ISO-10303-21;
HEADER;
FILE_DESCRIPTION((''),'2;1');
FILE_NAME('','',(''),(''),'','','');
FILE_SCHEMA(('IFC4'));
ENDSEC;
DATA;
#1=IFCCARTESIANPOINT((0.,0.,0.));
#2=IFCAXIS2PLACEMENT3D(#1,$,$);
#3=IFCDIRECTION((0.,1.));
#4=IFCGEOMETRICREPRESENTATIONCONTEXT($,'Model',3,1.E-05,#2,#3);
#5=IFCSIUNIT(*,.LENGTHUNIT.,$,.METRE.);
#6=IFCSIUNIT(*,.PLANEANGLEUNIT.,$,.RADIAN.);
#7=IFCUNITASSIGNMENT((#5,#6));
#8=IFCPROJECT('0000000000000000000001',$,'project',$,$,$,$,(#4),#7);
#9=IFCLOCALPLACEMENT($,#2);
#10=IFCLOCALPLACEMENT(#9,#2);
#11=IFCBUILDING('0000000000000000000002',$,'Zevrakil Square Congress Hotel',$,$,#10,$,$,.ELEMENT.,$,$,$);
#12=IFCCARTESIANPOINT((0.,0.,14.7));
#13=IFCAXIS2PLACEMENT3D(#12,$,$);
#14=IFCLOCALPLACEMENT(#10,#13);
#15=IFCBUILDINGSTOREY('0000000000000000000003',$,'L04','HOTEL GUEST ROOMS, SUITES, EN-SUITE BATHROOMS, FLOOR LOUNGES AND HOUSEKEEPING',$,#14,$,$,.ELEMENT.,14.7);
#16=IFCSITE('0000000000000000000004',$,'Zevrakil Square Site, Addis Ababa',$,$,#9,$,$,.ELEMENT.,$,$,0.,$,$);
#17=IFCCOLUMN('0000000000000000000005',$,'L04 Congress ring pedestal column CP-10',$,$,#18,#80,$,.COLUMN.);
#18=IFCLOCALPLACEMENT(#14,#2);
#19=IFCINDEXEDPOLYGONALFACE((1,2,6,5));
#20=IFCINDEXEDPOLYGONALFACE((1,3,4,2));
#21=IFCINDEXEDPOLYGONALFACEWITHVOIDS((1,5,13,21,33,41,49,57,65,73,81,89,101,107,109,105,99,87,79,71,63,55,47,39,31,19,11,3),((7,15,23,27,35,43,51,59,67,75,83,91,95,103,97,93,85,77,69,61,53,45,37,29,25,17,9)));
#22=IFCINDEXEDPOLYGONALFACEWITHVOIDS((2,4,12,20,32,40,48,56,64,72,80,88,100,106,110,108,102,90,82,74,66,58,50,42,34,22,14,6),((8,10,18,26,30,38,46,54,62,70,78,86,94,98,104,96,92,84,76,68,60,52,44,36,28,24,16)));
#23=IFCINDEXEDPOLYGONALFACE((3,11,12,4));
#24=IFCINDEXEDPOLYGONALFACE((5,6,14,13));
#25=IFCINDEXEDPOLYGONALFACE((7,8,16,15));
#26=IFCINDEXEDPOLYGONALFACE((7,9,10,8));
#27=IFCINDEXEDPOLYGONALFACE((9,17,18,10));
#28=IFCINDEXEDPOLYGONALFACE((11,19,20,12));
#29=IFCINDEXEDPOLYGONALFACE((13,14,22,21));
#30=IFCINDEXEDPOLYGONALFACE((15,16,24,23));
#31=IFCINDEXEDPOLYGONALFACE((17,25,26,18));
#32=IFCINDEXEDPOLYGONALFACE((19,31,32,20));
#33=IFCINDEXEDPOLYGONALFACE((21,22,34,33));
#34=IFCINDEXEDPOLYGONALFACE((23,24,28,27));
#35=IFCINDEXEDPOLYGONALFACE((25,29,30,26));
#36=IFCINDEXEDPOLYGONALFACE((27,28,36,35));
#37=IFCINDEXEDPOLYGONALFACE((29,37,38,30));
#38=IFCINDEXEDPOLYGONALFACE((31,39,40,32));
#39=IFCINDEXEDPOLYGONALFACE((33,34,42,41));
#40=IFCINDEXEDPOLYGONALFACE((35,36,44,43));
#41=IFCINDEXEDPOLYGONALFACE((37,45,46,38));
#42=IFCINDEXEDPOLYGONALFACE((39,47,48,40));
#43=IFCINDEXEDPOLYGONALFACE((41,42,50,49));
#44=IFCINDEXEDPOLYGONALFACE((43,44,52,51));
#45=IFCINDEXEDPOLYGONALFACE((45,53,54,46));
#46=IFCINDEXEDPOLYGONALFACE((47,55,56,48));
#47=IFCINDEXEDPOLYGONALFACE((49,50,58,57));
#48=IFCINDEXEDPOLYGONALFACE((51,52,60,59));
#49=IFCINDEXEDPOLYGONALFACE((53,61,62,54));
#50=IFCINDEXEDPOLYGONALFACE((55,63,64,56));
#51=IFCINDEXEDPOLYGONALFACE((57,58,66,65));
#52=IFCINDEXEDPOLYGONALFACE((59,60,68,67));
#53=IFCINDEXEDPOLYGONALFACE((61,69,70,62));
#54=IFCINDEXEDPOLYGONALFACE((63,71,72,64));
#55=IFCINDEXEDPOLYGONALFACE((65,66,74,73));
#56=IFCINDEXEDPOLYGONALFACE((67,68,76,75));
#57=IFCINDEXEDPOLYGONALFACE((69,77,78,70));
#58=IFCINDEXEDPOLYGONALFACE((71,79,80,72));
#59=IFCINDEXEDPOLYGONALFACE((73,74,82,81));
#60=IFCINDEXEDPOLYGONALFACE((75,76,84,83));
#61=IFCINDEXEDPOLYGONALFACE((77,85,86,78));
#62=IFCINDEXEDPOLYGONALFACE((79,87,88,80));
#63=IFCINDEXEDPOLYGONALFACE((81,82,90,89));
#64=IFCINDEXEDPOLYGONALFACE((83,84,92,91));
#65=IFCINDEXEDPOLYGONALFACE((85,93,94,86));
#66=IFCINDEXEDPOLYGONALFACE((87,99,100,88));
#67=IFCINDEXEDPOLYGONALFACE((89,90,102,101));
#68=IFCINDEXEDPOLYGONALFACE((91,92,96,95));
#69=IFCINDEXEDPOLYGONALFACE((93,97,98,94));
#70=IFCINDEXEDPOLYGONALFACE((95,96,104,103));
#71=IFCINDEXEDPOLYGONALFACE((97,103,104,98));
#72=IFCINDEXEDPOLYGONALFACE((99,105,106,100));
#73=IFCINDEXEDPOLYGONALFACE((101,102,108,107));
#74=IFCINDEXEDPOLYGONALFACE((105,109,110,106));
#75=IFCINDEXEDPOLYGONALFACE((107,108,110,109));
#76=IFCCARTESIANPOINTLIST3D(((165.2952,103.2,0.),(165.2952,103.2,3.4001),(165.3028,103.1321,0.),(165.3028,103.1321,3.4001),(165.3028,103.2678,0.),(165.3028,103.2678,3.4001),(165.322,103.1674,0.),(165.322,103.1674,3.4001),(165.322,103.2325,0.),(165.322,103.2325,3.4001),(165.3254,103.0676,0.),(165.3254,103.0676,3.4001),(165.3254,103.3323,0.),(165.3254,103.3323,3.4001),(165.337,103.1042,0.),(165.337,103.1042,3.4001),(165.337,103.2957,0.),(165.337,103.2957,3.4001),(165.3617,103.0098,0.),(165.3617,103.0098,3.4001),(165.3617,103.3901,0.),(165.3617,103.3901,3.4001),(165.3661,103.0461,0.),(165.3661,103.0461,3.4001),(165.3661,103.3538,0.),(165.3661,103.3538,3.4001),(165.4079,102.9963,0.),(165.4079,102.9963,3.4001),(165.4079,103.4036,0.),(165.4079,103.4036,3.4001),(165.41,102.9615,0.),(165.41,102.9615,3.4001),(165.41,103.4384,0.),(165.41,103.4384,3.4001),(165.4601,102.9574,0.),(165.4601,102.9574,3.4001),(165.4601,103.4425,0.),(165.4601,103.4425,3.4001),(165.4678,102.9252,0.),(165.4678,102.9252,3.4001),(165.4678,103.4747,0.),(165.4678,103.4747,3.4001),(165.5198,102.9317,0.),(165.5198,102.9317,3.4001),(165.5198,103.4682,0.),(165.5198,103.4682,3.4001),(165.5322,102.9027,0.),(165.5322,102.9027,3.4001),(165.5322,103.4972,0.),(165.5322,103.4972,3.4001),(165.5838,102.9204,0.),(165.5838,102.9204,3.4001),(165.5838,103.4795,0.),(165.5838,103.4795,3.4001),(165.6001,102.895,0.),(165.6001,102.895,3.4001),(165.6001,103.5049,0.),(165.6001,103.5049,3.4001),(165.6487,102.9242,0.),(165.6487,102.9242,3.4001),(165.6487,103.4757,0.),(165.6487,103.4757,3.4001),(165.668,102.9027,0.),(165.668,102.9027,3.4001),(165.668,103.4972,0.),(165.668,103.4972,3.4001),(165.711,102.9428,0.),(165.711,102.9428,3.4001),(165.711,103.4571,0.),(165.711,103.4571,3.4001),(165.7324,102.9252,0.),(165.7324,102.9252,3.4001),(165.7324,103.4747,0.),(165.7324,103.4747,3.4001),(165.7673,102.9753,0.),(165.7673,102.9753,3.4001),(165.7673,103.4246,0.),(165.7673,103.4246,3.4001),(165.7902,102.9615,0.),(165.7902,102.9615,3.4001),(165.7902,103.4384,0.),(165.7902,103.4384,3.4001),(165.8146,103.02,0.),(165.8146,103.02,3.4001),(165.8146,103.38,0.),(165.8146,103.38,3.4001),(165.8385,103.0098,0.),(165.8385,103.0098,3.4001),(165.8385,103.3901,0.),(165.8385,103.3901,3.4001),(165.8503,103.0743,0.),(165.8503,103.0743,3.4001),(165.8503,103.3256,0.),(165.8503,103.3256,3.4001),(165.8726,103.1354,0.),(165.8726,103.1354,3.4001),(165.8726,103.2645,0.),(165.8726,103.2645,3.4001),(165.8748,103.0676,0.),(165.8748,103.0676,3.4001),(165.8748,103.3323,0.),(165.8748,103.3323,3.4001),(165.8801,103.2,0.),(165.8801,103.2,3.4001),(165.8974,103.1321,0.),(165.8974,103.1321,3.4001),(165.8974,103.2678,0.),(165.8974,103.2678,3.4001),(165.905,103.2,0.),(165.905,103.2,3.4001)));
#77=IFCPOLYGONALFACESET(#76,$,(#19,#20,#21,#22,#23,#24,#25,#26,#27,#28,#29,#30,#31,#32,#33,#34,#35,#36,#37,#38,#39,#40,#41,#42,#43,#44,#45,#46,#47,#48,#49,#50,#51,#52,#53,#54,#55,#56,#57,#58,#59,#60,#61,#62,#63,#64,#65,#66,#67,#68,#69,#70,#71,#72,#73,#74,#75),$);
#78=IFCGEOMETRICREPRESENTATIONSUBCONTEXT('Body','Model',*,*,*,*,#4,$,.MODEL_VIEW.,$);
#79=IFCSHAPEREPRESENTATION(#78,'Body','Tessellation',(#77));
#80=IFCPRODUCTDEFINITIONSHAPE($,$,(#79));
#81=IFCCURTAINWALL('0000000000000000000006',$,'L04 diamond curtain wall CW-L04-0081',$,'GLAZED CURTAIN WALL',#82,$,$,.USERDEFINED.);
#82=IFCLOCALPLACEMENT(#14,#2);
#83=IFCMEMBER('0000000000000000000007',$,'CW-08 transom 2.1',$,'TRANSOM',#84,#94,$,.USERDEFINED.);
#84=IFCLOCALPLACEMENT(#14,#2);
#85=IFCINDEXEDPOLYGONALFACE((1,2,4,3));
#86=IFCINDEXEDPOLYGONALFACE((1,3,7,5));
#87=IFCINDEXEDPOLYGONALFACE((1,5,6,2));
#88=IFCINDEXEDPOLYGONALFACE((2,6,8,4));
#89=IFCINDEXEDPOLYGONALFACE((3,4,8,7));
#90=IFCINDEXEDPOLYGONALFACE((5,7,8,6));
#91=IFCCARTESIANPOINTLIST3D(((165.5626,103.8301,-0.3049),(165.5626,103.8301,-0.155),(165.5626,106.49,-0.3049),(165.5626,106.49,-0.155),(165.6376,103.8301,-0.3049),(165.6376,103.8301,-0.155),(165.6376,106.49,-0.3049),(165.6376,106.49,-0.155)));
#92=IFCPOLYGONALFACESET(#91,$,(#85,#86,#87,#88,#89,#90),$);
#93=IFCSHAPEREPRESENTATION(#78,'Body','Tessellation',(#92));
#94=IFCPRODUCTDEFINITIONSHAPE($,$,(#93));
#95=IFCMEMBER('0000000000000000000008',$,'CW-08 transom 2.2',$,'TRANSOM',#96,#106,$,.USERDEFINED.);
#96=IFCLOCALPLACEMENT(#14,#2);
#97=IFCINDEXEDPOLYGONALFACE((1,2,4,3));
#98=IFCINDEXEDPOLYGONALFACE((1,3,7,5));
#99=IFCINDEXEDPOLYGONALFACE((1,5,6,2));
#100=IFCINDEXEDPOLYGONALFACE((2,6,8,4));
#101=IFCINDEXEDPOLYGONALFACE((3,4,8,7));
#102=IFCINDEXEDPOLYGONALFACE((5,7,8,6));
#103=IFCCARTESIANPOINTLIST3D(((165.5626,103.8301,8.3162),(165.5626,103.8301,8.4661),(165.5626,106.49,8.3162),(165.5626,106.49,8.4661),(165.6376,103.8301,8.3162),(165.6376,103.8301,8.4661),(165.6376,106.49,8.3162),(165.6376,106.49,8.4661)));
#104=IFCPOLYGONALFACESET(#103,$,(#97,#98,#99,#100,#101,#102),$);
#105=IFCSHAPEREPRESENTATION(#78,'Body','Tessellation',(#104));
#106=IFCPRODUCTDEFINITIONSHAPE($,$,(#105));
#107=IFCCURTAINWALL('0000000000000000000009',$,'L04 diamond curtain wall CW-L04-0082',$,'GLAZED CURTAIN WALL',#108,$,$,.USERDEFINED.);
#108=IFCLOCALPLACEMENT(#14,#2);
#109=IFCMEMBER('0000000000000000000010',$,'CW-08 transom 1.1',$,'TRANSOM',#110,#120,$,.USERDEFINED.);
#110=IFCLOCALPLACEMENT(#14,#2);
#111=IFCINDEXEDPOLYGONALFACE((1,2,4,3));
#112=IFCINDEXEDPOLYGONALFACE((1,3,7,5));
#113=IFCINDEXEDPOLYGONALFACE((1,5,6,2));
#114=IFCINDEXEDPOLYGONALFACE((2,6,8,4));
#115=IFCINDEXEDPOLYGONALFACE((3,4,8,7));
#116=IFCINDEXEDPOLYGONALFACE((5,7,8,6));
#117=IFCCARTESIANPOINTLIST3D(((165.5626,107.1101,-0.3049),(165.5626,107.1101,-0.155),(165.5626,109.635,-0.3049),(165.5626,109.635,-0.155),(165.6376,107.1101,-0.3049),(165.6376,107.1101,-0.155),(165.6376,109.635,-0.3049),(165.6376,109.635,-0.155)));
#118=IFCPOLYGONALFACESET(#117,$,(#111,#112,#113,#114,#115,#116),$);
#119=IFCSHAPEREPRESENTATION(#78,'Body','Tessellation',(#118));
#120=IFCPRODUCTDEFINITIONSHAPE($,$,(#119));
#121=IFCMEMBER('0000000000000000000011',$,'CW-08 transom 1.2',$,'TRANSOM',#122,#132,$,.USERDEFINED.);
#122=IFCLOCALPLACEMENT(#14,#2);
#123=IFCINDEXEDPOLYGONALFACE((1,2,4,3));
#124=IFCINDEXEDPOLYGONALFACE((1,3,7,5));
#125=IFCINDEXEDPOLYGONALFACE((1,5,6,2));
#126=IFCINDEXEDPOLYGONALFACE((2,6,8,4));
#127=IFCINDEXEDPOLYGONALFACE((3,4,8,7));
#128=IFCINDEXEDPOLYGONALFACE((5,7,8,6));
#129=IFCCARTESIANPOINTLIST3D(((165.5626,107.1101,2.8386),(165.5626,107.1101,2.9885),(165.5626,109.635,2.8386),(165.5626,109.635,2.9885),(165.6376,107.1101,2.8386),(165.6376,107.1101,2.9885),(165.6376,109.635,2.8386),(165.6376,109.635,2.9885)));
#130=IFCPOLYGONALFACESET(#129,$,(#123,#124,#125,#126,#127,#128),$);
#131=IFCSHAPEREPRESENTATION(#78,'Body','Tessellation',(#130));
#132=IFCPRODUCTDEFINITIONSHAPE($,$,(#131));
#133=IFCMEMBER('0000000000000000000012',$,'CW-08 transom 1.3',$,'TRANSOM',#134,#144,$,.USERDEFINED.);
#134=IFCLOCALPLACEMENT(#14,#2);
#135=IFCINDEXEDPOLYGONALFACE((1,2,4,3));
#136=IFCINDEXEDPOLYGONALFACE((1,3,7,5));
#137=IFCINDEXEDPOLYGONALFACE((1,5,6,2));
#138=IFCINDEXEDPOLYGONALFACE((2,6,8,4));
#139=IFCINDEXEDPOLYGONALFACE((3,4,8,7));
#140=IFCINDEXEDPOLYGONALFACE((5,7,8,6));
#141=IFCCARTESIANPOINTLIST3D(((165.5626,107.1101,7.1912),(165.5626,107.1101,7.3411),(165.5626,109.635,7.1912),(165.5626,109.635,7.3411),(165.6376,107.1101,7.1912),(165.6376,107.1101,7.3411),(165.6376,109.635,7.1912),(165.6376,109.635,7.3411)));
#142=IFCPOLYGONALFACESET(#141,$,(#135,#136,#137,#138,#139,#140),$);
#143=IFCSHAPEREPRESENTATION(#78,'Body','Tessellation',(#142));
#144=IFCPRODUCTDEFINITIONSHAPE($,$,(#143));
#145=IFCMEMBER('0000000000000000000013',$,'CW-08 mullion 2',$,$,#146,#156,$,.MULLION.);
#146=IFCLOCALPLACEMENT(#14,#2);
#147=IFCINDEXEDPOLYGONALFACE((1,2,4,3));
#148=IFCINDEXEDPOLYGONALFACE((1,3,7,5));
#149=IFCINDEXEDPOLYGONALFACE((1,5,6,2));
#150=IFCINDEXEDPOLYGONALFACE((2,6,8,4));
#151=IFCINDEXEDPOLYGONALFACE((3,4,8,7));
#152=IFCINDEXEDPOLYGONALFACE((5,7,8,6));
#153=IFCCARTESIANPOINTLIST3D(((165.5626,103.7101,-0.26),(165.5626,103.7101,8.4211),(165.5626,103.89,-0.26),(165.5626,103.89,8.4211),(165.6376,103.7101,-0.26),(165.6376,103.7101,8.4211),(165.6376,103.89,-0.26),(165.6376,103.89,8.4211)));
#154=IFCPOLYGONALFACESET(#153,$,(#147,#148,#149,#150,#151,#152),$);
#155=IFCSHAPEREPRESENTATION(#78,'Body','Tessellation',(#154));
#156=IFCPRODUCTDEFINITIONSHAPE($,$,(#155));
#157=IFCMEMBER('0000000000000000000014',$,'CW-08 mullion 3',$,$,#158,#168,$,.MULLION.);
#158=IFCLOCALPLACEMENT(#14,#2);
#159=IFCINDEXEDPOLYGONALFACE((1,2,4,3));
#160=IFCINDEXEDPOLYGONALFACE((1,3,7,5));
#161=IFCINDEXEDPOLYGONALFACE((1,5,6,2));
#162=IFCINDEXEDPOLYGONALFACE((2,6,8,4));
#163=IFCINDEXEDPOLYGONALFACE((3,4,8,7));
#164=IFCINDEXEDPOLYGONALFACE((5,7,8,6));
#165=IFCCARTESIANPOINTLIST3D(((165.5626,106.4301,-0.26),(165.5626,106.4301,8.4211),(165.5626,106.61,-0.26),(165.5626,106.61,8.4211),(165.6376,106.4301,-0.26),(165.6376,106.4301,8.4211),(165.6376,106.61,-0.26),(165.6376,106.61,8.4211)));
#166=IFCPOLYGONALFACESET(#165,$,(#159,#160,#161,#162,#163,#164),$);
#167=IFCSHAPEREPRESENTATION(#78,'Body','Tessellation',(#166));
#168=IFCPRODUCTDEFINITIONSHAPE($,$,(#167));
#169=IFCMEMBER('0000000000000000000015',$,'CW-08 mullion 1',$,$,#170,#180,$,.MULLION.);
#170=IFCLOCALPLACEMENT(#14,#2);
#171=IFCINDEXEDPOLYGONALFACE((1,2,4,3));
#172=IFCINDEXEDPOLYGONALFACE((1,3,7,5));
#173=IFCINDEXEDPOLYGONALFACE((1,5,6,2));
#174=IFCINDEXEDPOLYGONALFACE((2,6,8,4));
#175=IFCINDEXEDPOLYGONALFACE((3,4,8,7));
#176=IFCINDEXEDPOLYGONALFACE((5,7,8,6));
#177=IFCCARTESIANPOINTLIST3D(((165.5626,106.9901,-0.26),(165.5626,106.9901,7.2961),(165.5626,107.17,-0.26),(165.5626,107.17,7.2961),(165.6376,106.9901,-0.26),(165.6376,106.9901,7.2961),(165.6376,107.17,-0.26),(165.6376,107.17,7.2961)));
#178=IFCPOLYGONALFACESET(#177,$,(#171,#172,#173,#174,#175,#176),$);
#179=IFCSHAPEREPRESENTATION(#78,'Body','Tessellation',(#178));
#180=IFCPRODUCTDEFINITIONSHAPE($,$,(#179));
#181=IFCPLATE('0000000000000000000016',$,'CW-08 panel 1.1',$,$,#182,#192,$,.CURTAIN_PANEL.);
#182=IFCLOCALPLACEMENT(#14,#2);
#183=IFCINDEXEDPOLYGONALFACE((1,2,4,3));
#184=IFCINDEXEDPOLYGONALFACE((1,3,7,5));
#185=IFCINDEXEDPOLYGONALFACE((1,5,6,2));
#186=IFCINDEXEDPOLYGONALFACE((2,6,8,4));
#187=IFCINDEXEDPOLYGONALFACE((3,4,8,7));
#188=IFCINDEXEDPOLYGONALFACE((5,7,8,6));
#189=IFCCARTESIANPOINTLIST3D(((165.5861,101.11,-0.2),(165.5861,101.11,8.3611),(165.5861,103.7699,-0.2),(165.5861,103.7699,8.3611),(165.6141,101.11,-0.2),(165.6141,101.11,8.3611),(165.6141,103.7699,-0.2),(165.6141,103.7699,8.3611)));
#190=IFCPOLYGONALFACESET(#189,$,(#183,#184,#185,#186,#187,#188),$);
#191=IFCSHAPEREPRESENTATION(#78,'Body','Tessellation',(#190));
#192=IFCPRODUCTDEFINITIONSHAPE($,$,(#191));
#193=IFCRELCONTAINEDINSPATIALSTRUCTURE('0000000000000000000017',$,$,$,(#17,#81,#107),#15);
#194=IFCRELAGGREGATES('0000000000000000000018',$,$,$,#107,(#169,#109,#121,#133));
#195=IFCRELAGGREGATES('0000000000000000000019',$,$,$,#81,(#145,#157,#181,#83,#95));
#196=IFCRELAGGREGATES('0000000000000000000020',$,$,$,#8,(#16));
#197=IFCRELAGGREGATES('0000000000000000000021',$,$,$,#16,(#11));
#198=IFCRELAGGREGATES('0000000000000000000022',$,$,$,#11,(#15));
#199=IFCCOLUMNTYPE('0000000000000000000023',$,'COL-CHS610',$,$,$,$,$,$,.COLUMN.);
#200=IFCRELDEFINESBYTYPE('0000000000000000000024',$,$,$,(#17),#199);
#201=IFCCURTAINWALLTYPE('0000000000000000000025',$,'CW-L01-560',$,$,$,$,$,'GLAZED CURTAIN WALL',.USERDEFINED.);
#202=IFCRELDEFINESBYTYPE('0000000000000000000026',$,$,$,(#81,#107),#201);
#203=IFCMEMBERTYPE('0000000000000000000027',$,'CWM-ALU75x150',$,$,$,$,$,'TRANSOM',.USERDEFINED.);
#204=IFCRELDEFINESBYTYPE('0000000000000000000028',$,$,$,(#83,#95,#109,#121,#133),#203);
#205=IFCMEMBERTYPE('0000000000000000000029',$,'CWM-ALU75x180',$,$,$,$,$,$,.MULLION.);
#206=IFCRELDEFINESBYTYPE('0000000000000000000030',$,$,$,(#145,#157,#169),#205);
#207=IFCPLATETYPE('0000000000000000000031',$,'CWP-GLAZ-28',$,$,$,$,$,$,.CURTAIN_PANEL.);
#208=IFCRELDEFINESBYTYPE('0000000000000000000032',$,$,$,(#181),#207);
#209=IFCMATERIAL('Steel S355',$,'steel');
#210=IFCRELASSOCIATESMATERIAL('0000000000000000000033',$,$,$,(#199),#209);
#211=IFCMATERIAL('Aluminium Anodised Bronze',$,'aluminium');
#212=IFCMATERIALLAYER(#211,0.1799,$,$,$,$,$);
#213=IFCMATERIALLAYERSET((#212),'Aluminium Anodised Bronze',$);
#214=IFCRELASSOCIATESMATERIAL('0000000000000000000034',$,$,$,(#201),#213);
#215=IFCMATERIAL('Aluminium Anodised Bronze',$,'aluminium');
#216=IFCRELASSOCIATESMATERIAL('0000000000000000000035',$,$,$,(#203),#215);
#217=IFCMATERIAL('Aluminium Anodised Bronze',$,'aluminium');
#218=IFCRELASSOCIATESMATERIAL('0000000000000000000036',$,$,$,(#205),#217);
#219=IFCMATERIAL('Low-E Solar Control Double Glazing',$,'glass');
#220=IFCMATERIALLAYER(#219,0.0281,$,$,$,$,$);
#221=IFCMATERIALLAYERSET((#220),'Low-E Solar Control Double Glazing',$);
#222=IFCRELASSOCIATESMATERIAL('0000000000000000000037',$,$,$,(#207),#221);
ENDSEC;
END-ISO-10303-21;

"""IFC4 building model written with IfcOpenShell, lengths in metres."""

from ifc_helpers import new_model, si_unit, direction, frame, origin, origin_2d, place, context, subcontext, project, spatial, rectangle, hollow_circle, extrude, material, layer, layer_set, material_profile, profile_set, type_object, element, aggregate, save


model = new_model("IFC4")

# Units and contexts
model_context = context("Model", 3, precision=1e-05, world=origin(), true_north=direction((0.0, 1.0)))
body_context = subcontext(model_context, "Body", "Model", "MODEL_VIEW")
ifc_project = project(units=[si_unit("LENGTHUNIT", "METRE"), si_unit("PLANEANGLEUNIT", "RADIAN")], contexts=[model_context])

# Site, building, storey
site_placement = place(None, origin())
site = spatial("IfcSite", under=ifc_project, at=site_placement, Name="Zevrakil Square Site, Addis Ababa", CompositionType="ELEMENT", RefElevation=0.0)
building_placement = place(site_placement, origin())
building = spatial("IfcBuilding", under=site, at=building_placement, Name="Zevrakil Square Congress Hotel", CompositionType="ELEMENT")
storey_placement = place(building_placement, frame((0.0, 0.0, 14.7)))
storey = spatial("IfcBuildingStorey", under=building, at=storey_placement, Name="L04", Description="HOTEL GUEST ROOMS, SUITES, EN-SUITE BATHROOMS, FLOOR LOUNGES AND HOUSEKEEPING", CompositionType="ELEMENT", Elevation=14.7)

# Column
ifc_material_1 = material(Name="Steel S355", Category="steel")
ifc_material_profile_1 = material_profile(ifc_material_1, hollow_circle(Radius=0.3049, WallThickness=0.0249, at=origin_2d()), Name="CHS 610x25")
ifc_profile_set_1 = profile_set([ifc_material_profile_1], Name="Steel S355")
column_type = type_object("IfcColumnType", Name="COL-CHS610", PredefinedType="COLUMN", material=ifc_profile_set_1)
column_placement = place(storey_placement, frame((165.6001, 103.2, 0.0), z_axis=(0.0, 0.0, 1.0), x_axis=(1.0, 0.0, 0.0)))
element("IfcColumn", 1, at=column_placement, inside=storey, type_object=column_type, Name="L04 Congress ring pedestal column CP-10", PredefinedType="COLUMN", context=body_context, shape_type="SweptSolid", body=[
    extrude(hollow_circle(Radius=0.3049, WallThickness=0.0249, at=origin_2d()), origin(), (0.0, 0.0, 1.0), 3.4001),
])

# Curtain walls, members
ifc_material_2 = material(Name="Aluminium Anodised Bronze", Category="aluminium")
ifc_layer_1 = layer(ifc_material_2, 0.1799)
ifc_layer_set_1 = layer_set([ifc_layer_1], Name="Aluminium Anodised Bronze")
curtain_wall_type = type_object("IfcCurtainWallType", Name="CW-L01-560", ElementType="GLAZED CURTAIN WALL", PredefinedType="USERDEFINED", material=ifc_layer_set_1)
curtain_wall_1_placement = place(storey_placement, origin())
curtain_wall_1 = element("IfcCurtainWall", 2, at=curtain_wall_1_placement, inside=storey, type_object=curtain_wall_type, Name="L04 diamond curtain wall CW-L04-0081", ObjectType="GLAZED CURTAIN WALL", PredefinedType="USERDEFINED")
ifc_material_3 = material(Name="Aluminium Anodised Bronze", Category="aluminium")
ifc_material_profile_2 = material_profile(ifc_material_3, rectangle(XDim=0.075, YDim=0.1499, at=origin_2d()), Name="ALU 75x150")
ifc_profile_set_2 = profile_set([ifc_material_profile_2], Name="Aluminium Anodised Bronze")
member_type_1 = type_object("IfcMemberType", Name="CWM-ALU75x150", ElementType="TRANSOM", PredefinedType="USERDEFINED", material=ifc_profile_set_2)
member_1_placement = place(storey_placement, frame((165.6001, 103.8301, -0.23), z_axis=(0.0, 1.0, 0.0), x_axis=(-1.0, 0.0, 0.0)))
member_1 = element("IfcMember", 3, at=member_1_placement, type_object=member_type_1, Name="CW-08 transom 2.1", ObjectType="TRANSOM", PredefinedType="USERDEFINED", context=body_context, shape_type="SweptSolid", body=[
    extrude(rectangle(XDim=0.075, YDim=0.1499, at=origin_2d()), origin(), (0.0, 0.0, 1.0), 2.6599),
])
member_2_placement = place(storey_placement, frame((165.6001, 103.8301, 8.3911), z_axis=(0.0, 1.0, 0.0), x_axis=(-1.0, 0.0, 0.0)))
member_2 = element("IfcMember", 4, at=member_2_placement, type_object=member_type_1, Name="CW-08 transom 2.2", ObjectType="TRANSOM", PredefinedType="USERDEFINED", context=body_context, shape_type="SweptSolid", body=[
    extrude(rectangle(XDim=0.075, YDim=0.1499, at=origin_2d()), origin(), (0.0, 0.0, 1.0), 2.6599),
])
curtain_wall_2_placement = place(storey_placement, origin())
curtain_wall_2 = element("IfcCurtainWall", 5, at=curtain_wall_2_placement, inside=storey, type_object=curtain_wall_type, Name="L04 diamond curtain wall CW-L04-0082", ObjectType="GLAZED CURTAIN WALL", PredefinedType="USERDEFINED")
member_3_placement = place(storey_placement, frame((165.6001, 107.1101, -0.23), z_axis=(0.0, 1.0, 0.0), x_axis=(-1.0, 0.0, 0.0)))
member_3 = element("IfcMember", 6, at=member_3_placement, type_object=member_type_1, Name="CW-08 transom 1.1", ObjectType="TRANSOM", PredefinedType="USERDEFINED", context=body_context, shape_type="SweptSolid", body=[
    extrude(rectangle(XDim=0.075, YDim=0.1499, at=origin_2d()), origin(), (0.0, 0.0, 1.0), 2.5249),
])
member_4_placement = place(storey_placement, frame((165.6001, 107.1101, 2.9136), z_axis=(0.0, 1.0, 0.0), x_axis=(-1.0, 0.0, 0.0)))
member_4 = element("IfcMember", 7, at=member_4_placement, type_object=member_type_1, Name="CW-08 transom 1.2", ObjectType="TRANSOM", PredefinedType="USERDEFINED", context=body_context, shape_type="SweptSolid", body=[
    extrude(rectangle(XDim=0.075, YDim=0.1499, at=origin_2d()), origin(), (0.0, 0.0, 1.0), 2.5249),
])
member_5_placement = place(storey_placement, frame((165.6001, 107.1101, 7.2661), z_axis=(0.0, 1.0, 0.0), x_axis=(-1.0, 0.0, 0.0)))
member_5 = element("IfcMember", 8, at=member_5_placement, type_object=member_type_1, Name="CW-08 transom 1.3", ObjectType="TRANSOM", PredefinedType="USERDEFINED", context=body_context, shape_type="SweptSolid", body=[
    extrude(rectangle(XDim=0.075, YDim=0.1499, at=origin_2d()), origin(), (0.0, 0.0, 1.0), 2.5249),
])

# Members
ifc_material_4 = material(Name="Aluminium Anodised Bronze", Category="aluminium")
ifc_material_profile_3 = material_profile(ifc_material_4, rectangle(XDim=0.075, YDim=0.1799, at=origin_2d()), Name="ALU 75x180")
ifc_profile_set_3 = profile_set([ifc_material_profile_3], Name="Aluminium Anodised Bronze")
member_type_2 = type_object("IfcMemberType", Name="CWM-ALU75x180", PredefinedType="MULLION", material=ifc_profile_set_3)
member_6_placement = place(storey_placement, frame((165.6001, 103.8, -0.26), z_axis=(0.0, 0.0, 1.0), x_axis=(-1.0, 0.0, 0.0)))
member_6 = element("IfcMember", 9, at=member_6_placement, type_object=member_type_2, Name="CW-08 mullion 2", PredefinedType="MULLION", context=body_context, shape_type="SweptSolid", body=[
    extrude(rectangle(XDim=0.075, YDim=0.1799, at=origin_2d()), origin(), (0.0, 0.0, 1.0), 8.6812),
])
member_7_placement = place(storey_placement, frame((165.6001, 106.52, -0.26), z_axis=(0.0, 0.0, 1.0), x_axis=(-1.0, 0.0, 0.0)))
member_7 = element("IfcMember", 10, at=member_7_placement, type_object=member_type_2, Name="CW-08 mullion 3", PredefinedType="MULLION", context=body_context, shape_type="SweptSolid", body=[
    extrude(rectangle(XDim=0.075, YDim=0.1799, at=origin_2d()), origin(), (0.0, 0.0, 1.0), 8.6812),
])
member_8_placement = place(storey_placement, frame((165.6001, 107.0801, -0.26), z_axis=(0.0, 0.0, 1.0), x_axis=(-1.0, 0.0, 0.0)))
member_8 = element("IfcMember", 11, at=member_8_placement, type_object=member_type_2, Name="CW-08 mullion 1", PredefinedType="MULLION", context=body_context, shape_type="SweptSolid", body=[
    extrude(rectangle(XDim=0.075, YDim=0.1799, at=origin_2d()), origin(), (0.0, 0.0, 1.0), 7.5562),
])
aggregate(curtain_wall_2, [member_8, member_3, member_4, member_5])

# Plate
ifc_material_5 = material(Name="Low-E Solar Control Double Glazing", Category="glass")
ifc_layer_2 = layer(ifc_material_5, 0.0281)
ifc_layer_set_2 = layer_set([ifc_layer_2], Name="Low-E Solar Control Double Glazing")
plate_type_1 = type_object("IfcPlateType", Name="CWP-GLAZ-28", PredefinedType="CURTAIN_PANEL", material=ifc_layer_set_2)
plate_1_placement = place(storey_placement, frame((165.6001, 102.4399, -0.2), z_axis=(0.0, 0.0, 1.0), x_axis=(0.0, 1.0, 0.0)))
plate_1 = element("IfcPlate", 12, at=plate_1_placement, type_object=plate_type_1, Name="CW-08 panel 1.1", PredefinedType="CURTAIN_PANEL", context=body_context, shape_type="SweptSolid", body=[
    extrude(rectangle(XDim=2.6599, YDim=0.0281, at=origin_2d()), origin(), (0.0, 0.0, 1.0), 8.561),
])
aggregate(curtain_wall_1, [member_6, member_7, plate_1, member_1, member_2])

save(model, "model.ifc")
